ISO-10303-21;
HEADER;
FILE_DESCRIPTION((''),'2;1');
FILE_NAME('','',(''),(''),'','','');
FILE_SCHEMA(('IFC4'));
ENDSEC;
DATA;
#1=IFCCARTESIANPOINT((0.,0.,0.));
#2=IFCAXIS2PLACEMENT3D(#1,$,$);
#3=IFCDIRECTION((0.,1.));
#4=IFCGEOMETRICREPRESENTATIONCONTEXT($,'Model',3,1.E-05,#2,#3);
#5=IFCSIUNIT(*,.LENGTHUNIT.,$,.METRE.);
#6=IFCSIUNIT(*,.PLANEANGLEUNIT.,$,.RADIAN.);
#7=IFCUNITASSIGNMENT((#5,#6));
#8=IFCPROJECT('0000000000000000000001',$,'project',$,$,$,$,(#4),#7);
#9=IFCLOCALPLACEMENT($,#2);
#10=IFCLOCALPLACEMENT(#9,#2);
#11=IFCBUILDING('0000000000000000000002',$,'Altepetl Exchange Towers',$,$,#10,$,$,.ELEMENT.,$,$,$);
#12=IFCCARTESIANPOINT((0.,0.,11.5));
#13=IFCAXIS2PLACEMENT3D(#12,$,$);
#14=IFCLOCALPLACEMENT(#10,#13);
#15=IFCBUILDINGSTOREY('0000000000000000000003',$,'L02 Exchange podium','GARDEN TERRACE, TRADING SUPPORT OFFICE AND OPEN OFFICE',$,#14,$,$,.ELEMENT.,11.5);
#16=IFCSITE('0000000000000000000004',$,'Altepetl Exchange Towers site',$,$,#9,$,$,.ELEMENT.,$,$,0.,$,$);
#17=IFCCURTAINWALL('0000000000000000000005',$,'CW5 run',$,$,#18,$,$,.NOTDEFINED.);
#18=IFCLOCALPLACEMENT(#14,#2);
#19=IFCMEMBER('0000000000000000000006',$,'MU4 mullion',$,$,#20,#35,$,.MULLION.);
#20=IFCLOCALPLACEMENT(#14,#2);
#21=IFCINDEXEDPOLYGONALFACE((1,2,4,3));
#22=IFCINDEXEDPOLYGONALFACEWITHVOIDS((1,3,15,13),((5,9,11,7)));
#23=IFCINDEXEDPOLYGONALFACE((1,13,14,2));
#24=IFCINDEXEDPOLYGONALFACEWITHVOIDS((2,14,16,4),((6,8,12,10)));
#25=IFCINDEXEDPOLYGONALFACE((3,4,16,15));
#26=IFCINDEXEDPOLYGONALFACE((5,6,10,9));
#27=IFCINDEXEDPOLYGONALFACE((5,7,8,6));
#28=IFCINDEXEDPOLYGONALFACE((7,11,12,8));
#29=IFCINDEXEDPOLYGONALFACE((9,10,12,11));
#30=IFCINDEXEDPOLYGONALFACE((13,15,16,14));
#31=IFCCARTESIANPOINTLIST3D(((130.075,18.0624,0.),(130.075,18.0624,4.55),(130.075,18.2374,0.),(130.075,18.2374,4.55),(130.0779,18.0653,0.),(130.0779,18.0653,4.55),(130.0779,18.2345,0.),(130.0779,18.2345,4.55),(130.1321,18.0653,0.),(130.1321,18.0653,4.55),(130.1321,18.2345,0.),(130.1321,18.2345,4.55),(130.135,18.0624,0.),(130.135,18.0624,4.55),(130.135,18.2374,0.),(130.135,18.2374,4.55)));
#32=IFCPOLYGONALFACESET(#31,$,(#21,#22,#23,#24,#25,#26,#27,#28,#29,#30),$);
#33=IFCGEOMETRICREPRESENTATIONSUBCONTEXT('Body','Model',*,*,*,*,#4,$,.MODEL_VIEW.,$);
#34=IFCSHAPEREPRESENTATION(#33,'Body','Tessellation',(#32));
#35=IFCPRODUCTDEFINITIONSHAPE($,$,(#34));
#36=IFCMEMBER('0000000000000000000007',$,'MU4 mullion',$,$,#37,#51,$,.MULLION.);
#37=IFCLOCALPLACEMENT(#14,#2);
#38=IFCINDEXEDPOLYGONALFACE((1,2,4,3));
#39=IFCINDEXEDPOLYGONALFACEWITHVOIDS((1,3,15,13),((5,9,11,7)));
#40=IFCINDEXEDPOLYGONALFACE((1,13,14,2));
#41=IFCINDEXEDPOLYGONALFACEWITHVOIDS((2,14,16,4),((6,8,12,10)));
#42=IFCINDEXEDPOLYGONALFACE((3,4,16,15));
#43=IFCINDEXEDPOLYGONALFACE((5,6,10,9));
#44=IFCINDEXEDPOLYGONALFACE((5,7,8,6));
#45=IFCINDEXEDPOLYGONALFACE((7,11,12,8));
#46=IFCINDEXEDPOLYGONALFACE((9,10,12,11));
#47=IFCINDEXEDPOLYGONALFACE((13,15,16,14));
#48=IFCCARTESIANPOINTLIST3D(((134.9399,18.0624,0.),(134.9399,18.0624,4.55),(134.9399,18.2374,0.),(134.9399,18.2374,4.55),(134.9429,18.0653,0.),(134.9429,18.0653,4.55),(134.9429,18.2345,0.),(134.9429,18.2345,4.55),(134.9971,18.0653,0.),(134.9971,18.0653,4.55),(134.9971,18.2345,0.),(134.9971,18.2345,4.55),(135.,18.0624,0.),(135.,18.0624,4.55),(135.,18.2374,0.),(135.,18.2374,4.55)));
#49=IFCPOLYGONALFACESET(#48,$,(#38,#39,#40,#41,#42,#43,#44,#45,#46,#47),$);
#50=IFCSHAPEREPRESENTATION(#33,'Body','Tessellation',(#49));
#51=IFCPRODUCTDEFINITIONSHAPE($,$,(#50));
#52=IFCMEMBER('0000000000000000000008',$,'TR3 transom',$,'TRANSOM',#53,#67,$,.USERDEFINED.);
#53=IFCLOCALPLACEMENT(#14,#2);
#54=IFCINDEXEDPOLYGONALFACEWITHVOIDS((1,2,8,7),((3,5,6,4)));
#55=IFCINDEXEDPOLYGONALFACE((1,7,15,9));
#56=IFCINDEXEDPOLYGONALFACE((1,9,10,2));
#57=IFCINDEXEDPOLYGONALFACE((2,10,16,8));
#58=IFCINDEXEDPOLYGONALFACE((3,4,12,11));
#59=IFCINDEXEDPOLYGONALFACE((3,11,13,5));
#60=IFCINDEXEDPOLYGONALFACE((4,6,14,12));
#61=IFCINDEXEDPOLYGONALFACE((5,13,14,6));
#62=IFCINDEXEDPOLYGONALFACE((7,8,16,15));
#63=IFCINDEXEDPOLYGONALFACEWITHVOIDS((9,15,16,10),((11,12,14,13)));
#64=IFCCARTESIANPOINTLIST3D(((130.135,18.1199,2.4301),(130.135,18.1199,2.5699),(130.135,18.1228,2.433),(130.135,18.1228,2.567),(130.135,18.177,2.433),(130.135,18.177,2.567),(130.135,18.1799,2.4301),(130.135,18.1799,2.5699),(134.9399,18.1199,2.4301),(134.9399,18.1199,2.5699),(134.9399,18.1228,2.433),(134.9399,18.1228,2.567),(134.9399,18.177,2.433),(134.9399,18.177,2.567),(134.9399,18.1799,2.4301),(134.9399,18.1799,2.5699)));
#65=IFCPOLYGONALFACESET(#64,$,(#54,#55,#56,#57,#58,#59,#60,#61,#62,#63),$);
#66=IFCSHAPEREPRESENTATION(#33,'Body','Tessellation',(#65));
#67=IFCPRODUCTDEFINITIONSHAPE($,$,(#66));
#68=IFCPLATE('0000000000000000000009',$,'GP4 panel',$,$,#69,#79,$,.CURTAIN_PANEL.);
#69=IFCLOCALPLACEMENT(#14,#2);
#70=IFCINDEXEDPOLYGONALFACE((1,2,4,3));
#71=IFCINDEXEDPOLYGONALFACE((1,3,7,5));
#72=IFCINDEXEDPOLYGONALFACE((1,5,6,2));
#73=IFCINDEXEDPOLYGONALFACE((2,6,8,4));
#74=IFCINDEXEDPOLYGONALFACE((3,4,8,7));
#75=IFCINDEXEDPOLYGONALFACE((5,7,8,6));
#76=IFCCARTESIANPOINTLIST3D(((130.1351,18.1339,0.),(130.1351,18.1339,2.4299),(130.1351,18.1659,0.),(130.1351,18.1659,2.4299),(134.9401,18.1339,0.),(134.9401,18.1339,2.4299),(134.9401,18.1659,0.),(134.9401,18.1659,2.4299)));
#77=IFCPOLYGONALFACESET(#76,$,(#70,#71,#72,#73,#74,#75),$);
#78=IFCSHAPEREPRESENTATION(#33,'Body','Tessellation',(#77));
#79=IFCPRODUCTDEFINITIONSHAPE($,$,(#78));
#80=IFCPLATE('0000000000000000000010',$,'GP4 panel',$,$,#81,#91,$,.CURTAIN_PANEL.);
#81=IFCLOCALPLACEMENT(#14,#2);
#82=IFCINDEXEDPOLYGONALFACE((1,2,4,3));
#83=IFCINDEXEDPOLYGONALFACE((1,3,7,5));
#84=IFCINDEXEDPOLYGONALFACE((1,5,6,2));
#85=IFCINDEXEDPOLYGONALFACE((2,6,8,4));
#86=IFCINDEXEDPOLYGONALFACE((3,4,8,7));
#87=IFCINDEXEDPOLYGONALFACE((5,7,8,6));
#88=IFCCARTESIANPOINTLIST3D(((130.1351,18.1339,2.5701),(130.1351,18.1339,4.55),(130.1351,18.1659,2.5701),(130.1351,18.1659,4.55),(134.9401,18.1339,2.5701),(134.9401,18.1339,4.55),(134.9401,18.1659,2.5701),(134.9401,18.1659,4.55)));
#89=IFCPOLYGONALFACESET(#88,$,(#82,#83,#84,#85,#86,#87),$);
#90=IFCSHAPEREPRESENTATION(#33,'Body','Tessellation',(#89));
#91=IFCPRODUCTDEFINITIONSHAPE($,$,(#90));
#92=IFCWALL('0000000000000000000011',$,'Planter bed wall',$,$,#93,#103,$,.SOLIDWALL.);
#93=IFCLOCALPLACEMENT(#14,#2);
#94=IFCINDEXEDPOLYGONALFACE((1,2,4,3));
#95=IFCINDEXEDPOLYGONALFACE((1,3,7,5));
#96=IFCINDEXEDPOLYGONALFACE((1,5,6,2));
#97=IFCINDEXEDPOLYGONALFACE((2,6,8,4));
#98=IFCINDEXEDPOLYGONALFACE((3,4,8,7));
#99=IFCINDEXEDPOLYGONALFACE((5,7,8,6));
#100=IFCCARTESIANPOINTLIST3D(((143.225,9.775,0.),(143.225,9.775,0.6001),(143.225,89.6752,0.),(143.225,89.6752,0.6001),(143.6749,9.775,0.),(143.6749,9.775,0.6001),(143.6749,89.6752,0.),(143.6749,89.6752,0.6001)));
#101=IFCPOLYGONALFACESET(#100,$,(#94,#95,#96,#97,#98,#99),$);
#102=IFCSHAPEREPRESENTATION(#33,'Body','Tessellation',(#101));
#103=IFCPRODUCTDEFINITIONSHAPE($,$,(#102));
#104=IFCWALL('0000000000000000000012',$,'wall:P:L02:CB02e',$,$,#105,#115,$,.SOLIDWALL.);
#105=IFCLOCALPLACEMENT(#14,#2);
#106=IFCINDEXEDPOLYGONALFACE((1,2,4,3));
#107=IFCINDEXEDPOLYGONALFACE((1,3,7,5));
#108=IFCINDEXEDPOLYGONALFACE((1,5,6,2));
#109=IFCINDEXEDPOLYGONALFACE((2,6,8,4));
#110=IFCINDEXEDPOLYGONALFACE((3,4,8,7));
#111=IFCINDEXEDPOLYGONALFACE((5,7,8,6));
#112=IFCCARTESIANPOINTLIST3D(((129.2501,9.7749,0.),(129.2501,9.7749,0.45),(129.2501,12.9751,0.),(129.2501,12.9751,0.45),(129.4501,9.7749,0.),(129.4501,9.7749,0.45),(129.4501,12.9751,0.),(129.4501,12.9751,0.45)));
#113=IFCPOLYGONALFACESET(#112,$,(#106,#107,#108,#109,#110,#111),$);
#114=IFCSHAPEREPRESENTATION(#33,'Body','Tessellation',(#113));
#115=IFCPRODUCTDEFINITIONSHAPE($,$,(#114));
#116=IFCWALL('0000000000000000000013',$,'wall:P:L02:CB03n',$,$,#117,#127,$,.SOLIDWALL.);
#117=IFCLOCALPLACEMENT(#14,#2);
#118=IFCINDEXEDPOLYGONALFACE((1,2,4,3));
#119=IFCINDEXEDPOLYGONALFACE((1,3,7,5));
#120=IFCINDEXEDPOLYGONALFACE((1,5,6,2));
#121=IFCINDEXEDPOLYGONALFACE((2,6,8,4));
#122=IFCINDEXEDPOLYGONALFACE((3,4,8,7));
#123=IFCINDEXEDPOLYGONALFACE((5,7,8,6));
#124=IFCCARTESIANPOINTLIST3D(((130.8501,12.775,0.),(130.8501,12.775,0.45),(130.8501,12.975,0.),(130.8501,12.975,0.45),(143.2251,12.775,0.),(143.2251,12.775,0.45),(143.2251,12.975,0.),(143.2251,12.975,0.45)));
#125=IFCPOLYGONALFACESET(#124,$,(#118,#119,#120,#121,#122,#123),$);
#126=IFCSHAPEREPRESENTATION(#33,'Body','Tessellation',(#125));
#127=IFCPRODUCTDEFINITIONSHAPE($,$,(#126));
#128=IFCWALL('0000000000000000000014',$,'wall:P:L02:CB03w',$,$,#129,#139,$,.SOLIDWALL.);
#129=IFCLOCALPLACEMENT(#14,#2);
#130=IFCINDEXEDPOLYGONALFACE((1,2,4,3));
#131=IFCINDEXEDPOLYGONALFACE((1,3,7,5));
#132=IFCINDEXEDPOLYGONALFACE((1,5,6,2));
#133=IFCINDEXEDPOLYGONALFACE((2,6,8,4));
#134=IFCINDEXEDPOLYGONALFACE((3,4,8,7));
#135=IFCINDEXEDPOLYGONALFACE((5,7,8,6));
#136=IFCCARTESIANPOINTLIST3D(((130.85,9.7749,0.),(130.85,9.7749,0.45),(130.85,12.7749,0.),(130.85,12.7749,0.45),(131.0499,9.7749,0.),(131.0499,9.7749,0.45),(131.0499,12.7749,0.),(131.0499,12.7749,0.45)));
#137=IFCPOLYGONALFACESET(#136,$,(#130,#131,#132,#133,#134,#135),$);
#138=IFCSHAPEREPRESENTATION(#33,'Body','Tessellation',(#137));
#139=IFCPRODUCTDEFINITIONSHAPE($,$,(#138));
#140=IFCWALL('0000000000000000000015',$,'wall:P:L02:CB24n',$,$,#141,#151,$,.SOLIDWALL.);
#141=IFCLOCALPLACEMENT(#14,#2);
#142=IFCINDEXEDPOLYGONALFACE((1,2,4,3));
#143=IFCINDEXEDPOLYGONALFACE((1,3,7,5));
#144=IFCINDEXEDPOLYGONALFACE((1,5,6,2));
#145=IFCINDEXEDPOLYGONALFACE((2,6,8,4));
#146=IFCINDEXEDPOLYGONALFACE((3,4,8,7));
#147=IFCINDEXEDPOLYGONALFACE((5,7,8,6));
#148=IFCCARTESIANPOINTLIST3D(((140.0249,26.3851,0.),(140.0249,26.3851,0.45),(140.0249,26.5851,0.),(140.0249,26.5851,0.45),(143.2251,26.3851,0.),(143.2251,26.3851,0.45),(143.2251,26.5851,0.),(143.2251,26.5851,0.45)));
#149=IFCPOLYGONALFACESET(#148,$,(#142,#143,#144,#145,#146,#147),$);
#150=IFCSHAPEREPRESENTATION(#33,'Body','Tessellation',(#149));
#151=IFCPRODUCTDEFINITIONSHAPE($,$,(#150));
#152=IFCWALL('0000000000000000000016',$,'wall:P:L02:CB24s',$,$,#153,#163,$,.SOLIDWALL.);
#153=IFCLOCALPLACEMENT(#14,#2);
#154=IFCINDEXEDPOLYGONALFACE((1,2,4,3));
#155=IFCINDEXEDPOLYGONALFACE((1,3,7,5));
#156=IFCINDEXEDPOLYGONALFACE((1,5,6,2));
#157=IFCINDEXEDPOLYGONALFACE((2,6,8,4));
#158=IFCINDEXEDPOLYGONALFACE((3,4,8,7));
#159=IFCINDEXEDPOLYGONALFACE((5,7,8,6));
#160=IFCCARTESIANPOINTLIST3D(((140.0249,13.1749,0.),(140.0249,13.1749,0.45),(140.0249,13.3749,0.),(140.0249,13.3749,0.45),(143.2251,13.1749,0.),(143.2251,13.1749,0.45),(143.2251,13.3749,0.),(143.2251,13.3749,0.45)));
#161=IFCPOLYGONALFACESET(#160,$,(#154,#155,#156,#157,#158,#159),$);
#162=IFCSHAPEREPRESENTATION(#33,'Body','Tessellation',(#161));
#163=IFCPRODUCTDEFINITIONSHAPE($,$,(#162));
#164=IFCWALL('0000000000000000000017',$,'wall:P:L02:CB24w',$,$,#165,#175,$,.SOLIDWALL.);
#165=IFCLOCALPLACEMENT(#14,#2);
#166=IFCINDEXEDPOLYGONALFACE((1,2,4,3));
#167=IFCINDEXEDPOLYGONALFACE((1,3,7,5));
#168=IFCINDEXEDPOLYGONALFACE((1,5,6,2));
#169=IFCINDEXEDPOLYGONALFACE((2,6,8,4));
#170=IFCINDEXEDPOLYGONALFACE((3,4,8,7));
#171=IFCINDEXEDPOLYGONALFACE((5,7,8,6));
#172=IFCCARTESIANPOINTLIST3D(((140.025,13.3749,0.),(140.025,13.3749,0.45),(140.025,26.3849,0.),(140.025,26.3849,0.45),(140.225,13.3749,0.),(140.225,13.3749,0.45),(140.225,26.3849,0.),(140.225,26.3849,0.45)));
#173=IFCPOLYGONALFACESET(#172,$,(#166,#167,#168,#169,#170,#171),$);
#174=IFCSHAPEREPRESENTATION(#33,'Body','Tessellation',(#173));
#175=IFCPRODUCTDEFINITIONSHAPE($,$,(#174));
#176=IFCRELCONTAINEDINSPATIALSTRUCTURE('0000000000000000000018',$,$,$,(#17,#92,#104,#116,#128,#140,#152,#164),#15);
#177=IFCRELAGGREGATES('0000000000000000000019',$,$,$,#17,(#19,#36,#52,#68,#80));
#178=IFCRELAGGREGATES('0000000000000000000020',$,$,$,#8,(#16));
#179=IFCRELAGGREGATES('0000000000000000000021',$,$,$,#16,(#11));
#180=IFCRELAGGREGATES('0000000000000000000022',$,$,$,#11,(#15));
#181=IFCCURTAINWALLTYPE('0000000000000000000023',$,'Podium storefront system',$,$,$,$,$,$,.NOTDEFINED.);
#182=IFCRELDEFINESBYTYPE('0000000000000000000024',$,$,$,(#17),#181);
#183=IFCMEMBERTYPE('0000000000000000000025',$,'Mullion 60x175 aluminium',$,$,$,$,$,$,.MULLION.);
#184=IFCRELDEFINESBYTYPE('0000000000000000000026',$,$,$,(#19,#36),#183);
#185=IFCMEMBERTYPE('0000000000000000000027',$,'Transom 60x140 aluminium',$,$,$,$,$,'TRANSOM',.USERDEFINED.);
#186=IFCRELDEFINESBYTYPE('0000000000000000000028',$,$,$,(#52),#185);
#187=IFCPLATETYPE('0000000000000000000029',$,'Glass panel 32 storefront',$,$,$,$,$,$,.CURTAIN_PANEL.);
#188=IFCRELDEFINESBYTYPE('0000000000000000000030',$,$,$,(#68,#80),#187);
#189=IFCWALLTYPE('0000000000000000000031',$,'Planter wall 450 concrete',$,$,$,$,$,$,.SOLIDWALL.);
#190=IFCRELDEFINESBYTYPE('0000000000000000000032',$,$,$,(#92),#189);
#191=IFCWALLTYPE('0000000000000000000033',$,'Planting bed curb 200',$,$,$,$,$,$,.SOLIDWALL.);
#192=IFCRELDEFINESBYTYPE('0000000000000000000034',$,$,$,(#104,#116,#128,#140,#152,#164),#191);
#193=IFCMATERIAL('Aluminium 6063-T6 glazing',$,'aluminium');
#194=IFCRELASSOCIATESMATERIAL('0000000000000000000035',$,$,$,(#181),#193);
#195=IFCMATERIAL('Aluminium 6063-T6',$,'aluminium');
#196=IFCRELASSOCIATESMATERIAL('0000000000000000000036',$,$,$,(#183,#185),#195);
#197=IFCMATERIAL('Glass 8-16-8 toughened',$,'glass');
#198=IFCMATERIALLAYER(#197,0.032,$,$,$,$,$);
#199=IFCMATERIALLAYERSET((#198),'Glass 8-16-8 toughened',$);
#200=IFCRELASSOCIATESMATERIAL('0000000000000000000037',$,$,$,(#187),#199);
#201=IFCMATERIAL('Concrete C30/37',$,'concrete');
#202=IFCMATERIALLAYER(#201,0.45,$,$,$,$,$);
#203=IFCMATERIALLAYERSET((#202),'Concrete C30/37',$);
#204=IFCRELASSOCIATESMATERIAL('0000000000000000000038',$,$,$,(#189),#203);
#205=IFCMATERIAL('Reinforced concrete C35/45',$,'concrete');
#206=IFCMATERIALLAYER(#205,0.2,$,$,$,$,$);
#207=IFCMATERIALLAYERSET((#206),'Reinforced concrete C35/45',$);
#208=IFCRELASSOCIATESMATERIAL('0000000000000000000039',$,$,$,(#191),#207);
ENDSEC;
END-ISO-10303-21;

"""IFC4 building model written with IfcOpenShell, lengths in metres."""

from ifc_helpers import new_model, si_unit, direction, frame, frame_2d, origin, origin_2d, place, context, subcontext, project, spatial, rectangle, hollow_rectangle, extrude, material, layer, layer_set, material_profile, profile_set, type_object, element, aggregate, save


model = new_model("IFC4")

# Units and contexts
model_context = context("Model", 3, precision=1e-05, world=origin(), true_north=direction((0.0, 1.0)))
body_context = subcontext(model_context, "Body", "Model", "MODEL_VIEW")
ifc_project = project(units=[si_unit("LENGTHUNIT", "METRE"), si_unit("PLANEANGLEUNIT", "RADIAN")], contexts=[model_context])

# Site, building, storey
site_placement = place(None, origin())
site = spatial("IfcSite", under=ifc_project, at=site_placement, Name="Altepetl Exchange Towers site", CompositionType="ELEMENT", RefElevation=0.0)
building_placement = place(site_placement, origin())
building = spatial("IfcBuilding", under=site, at=building_placement, Name="Altepetl Exchange Towers", CompositionType="ELEMENT")
storey_placement = place(building_placement, frame((0.0, 0.0, 11.5)))
storey = spatial("IfcBuildingStorey", under=building, at=storey_placement, Name="L02 Exchange podium", Description="GARDEN TERRACE, TRADING SUPPORT OFFICE AND OPEN OFFICE", CompositionType="ELEMENT", Elevation=11.5)

# Curtain wall, members, plates
ifc_material_1 = material(Name="Aluminium 6063-T6 glazing", Category="aluminium")
curtain_wall_type = type_object("IfcCurtainWallType", Name="Podium storefront system", PredefinedType="NOTDEFINED", material=ifc_material_1)
curtain_wall_placement = place(storey_placement, origin())
curtain_wall = element("IfcCurtainWall", 1, at=curtain_wall_placement, inside=storey, type_object=curtain_wall_type, Name="CW5 run", PredefinedType="NOTDEFINED")
ifc_material_2 = material(Name="Aluminium 6063-T6", Category="aluminium")
ifc_material_profile_1 = material_profile(ifc_material_2, hollow_rectangle(XDim=0.0601, YDim=0.175, WallThickness=0.0029, at=origin_2d()), Name="Mullion 60x175 aluminium")
ifc_profile_set_1 = profile_set([ifc_material_profile_1], Name="Aluminium 6063-T6")
member_type_1 = type_object("IfcMemberType", Name="Mullion 60x175 aluminium", PredefinedType="MULLION", material=ifc_profile_set_1)
member_1_placement = place(storey_placement, frame((130.105, 18.1499, 0.0)))
member_1 = element("IfcMember", 2, at=member_1_placement, type_object=member_type_1, Name="MU4 mullion", PredefinedType="MULLION", context=body_context, shape_type="SweptSolid", body=[
    extrude(hollow_rectangle(XDim=0.0601, YDim=0.175, WallThickness=0.0029, at=origin_2d()), origin(), (0.0, 0.0, 1.0), 4.55),
])
member_2_placement = place(storey_placement, frame((134.97, 18.1499, 0.0)))
member_2 = element("IfcMember", 3, at=member_2_placement, type_object=member_type_1, Name="MU4 mullion", PredefinedType="MULLION", context=body_context, shape_type="SweptSolid", body=[
    extrude(hollow_rectangle(XDim=0.0601, YDim=0.175, WallThickness=0.0029, at=origin_2d()), origin(), (0.0, 0.0, 1.0), 4.55),
])
ifc_material_profile_2 = material_profile(ifc_material_2, hollow_rectangle(XDim=0.0601, YDim=0.1399, WallThickness=0.0029, at=origin_2d()), Name="Transom 60x140 aluminium")
ifc_profile_set_2 = profile_set([ifc_material_profile_2], Name="Aluminium 6063-T6")
member_type_2 = type_object("IfcMemberType", Name="Transom 60x140 aluminium", ElementType="TRANSOM", PredefinedType="USERDEFINED", material=ifc_profile_set_2)
member_3_placement = place(storey_placement, frame((130.135, 18.1499, 2.5), z_axis=(1.0, 0.0, 0.0), x_axis=(0.0, 1.0, 0.0)))
member_3 = element("IfcMember", 4, at=member_3_placement, type_object=member_type_2, Name="TR3 transom", ObjectType="TRANSOM", PredefinedType="USERDEFINED", context=body_context, shape_type="SweptSolid", body=[
    extrude(hollow_rectangle(XDim=0.0601, YDim=0.1399, WallThickness=0.0029, at=origin_2d()), origin(), (0.0, 0.0, 1.0), 4.8049),
])
ifc_material_3 = material(Name="Glass 8-16-8 toughened", Category="glass")
ifc_layer_1 = layer(ifc_material_3, 0.032)
ifc_layer_set_1 = layer_set([ifc_layer_1], Name="Glass 8-16-8 toughened")
plate_type = type_object("IfcPlateType", Name="Glass panel 32 storefront", PredefinedType="CURTAIN_PANEL", material=ifc_layer_set_1)
plate_1_placement = place(storey_placement, frame((132.5376, 18.1499, 0.0)))
plate_1 = element("IfcPlate", 5, at=plate_1_placement, type_object=plate_type, Name="GP4 panel", PredefinedType="CURTAIN_PANEL", context=body_context, shape_type="SweptSolid", body=[
    extrude(rectangle(XDim=4.8049, YDim=0.032, at=origin_2d()), origin(), (0.0, 0.0, 1.0), 2.4299),
])
plate_2_placement = place(storey_placement, frame((132.5376, 18.1499, 2.5701)))
plate_2 = element("IfcPlate", 6, at=plate_2_placement, type_object=plate_type, Name="GP4 panel", PredefinedType="CURTAIN_PANEL", context=body_context, shape_type="SweptSolid", body=[
    extrude(rectangle(XDim=4.8049, YDim=0.032, at=origin_2d()), origin(), (0.0, 0.0, 1.0), 1.98),
])
aggregate(curtain_wall, [member_1, member_2, member_3, plate_1, plate_2])

# Walls
ifc_material_4 = material(Name="Concrete C30/37", Category="concrete")
ifc_layer_2 = layer(ifc_material_4, 0.45)
ifc_layer_set_2 = layer_set([ifc_layer_2], Name="Concrete C30/37")
wall_type_1 = type_object("IfcWallType", Name="Planter wall 450 concrete", PredefinedType="SOLIDWALL", material=ifc_layer_set_2)
wall_1_placement = place(storey_placement, frame((143.45, 9.7749, 0.0), z_axis=(0.0, 0.0, 1.0), x_axis=(0.0, 1.0, 0.0)))
element("IfcWall", 7, at=wall_1_placement, inside=storey, type_object=wall_type_1, Name="Planter bed wall", PredefinedType="SOLIDWALL", context=body_context, shape_type="SweptSolid", body=[
    extrude(rectangle(XDim=79.9001, YDim=0.45, at=frame_2d((39.9502, 0.0))), origin(), (0.0, 0.0, 1.0), 0.6001),
])
ifc_material_5 = material(Name="Reinforced concrete C35/45", Category="concrete")
ifc_layer_3 = layer(ifc_material_5, 0.2)
ifc_layer_set_3 = layer_set([ifc_layer_3], Name="Reinforced concrete C35/45")
wall_type_2 = type_object("IfcWallType", Name="Planting bed curb 200", PredefinedType="SOLIDWALL", material=ifc_layer_set_3)
wall_2_placement = place(storey_placement, frame((129.3501, 9.7749, 0.0), z_axis=(0.0, 0.0, 1.0), x_axis=(0.0, 1.0, 0.0)))
element("IfcWall", 8, at=wall_2_placement, inside=storey, type_object=wall_type_2, Name="wall:P:L02:CB02e", PredefinedType="SOLIDWALL", context=body_context, shape_type="SweptSolid", body=[
    extrude(rectangle(XDim=3.2002, YDim=0.2, at=frame_2d((1.6001, 0.0))), origin(), (0.0, 0.0, 1.0), 0.45),
])
wall_3_placement = place(storey_placement, frame((130.8501, 12.875, 0.0)))
element("IfcWall", 9, at=wall_3_placement, inside=storey, type_object=wall_type_2, Name="wall:P:L02:CB03n", PredefinedType="SOLIDWALL", context=body_context, shape_type="SweptSolid", body=[
    extrude(rectangle(XDim=12.375, YDim=0.2, at=frame_2d((6.1875, 0.0))), origin(), (0.0, 0.0, 1.0), 0.45),
])
wall_4_placement = place(storey_placement, frame((130.95, 9.7749, 0.0), z_axis=(0.0, 0.0, 1.0), x_axis=(0.0, 1.0, 0.0)))
element("IfcWall", 10, at=wall_4_placement, inside=storey, type_object=wall_type_2, Name="wall:P:L02:CB03w", PredefinedType="SOLIDWALL", context=body_context, shape_type="SweptSolid", body=[
    extrude(rectangle(XDim=3.0, YDim=0.2, at=frame_2d((1.5, 0.0))), origin(), (0.0, 0.0, 1.0), 0.45),
])
for number, where, name in (
    (11, (140.0249, 26.4851, 0.0), "wall:P:L02:CB24n"),
    (12, (140.0249, 13.2749, 0.0), "wall:P:L02:CB24s"),
):
    element("IfcWall", number, at=place(storey_placement, frame(where)), inside=storey, type_object=wall_type_2, Name=name, PredefinedType="SOLIDWALL", context=body_context, shape_type="SweptSolid", body=[
        extrude(rectangle(XDim=3.2002, YDim=0.2, at=frame_2d((1.6001, 0.0))), origin(), (0.0, 0.0, 1.0), 0.45),
    ])
wall_5_placement = place(storey_placement, frame((140.125, 13.375, 0.0), z_axis=(0.0, 0.0, 1.0), x_axis=(0.0, 1.0, 0.0)))
element("IfcWall", 13, at=wall_5_placement, inside=storey, type_object=wall_type_2, Name="wall:P:L02:CB24w", PredefinedType="SOLIDWALL", context=body_context, shape_type="SweptSolid", body=[
    extrude(rectangle(XDim=13.01, YDim=0.2, at=frame_2d((6.5049, 0.0))), origin(), (0.0, 0.0, 1.0), 0.45),
])

save(model, "model.ifc")
